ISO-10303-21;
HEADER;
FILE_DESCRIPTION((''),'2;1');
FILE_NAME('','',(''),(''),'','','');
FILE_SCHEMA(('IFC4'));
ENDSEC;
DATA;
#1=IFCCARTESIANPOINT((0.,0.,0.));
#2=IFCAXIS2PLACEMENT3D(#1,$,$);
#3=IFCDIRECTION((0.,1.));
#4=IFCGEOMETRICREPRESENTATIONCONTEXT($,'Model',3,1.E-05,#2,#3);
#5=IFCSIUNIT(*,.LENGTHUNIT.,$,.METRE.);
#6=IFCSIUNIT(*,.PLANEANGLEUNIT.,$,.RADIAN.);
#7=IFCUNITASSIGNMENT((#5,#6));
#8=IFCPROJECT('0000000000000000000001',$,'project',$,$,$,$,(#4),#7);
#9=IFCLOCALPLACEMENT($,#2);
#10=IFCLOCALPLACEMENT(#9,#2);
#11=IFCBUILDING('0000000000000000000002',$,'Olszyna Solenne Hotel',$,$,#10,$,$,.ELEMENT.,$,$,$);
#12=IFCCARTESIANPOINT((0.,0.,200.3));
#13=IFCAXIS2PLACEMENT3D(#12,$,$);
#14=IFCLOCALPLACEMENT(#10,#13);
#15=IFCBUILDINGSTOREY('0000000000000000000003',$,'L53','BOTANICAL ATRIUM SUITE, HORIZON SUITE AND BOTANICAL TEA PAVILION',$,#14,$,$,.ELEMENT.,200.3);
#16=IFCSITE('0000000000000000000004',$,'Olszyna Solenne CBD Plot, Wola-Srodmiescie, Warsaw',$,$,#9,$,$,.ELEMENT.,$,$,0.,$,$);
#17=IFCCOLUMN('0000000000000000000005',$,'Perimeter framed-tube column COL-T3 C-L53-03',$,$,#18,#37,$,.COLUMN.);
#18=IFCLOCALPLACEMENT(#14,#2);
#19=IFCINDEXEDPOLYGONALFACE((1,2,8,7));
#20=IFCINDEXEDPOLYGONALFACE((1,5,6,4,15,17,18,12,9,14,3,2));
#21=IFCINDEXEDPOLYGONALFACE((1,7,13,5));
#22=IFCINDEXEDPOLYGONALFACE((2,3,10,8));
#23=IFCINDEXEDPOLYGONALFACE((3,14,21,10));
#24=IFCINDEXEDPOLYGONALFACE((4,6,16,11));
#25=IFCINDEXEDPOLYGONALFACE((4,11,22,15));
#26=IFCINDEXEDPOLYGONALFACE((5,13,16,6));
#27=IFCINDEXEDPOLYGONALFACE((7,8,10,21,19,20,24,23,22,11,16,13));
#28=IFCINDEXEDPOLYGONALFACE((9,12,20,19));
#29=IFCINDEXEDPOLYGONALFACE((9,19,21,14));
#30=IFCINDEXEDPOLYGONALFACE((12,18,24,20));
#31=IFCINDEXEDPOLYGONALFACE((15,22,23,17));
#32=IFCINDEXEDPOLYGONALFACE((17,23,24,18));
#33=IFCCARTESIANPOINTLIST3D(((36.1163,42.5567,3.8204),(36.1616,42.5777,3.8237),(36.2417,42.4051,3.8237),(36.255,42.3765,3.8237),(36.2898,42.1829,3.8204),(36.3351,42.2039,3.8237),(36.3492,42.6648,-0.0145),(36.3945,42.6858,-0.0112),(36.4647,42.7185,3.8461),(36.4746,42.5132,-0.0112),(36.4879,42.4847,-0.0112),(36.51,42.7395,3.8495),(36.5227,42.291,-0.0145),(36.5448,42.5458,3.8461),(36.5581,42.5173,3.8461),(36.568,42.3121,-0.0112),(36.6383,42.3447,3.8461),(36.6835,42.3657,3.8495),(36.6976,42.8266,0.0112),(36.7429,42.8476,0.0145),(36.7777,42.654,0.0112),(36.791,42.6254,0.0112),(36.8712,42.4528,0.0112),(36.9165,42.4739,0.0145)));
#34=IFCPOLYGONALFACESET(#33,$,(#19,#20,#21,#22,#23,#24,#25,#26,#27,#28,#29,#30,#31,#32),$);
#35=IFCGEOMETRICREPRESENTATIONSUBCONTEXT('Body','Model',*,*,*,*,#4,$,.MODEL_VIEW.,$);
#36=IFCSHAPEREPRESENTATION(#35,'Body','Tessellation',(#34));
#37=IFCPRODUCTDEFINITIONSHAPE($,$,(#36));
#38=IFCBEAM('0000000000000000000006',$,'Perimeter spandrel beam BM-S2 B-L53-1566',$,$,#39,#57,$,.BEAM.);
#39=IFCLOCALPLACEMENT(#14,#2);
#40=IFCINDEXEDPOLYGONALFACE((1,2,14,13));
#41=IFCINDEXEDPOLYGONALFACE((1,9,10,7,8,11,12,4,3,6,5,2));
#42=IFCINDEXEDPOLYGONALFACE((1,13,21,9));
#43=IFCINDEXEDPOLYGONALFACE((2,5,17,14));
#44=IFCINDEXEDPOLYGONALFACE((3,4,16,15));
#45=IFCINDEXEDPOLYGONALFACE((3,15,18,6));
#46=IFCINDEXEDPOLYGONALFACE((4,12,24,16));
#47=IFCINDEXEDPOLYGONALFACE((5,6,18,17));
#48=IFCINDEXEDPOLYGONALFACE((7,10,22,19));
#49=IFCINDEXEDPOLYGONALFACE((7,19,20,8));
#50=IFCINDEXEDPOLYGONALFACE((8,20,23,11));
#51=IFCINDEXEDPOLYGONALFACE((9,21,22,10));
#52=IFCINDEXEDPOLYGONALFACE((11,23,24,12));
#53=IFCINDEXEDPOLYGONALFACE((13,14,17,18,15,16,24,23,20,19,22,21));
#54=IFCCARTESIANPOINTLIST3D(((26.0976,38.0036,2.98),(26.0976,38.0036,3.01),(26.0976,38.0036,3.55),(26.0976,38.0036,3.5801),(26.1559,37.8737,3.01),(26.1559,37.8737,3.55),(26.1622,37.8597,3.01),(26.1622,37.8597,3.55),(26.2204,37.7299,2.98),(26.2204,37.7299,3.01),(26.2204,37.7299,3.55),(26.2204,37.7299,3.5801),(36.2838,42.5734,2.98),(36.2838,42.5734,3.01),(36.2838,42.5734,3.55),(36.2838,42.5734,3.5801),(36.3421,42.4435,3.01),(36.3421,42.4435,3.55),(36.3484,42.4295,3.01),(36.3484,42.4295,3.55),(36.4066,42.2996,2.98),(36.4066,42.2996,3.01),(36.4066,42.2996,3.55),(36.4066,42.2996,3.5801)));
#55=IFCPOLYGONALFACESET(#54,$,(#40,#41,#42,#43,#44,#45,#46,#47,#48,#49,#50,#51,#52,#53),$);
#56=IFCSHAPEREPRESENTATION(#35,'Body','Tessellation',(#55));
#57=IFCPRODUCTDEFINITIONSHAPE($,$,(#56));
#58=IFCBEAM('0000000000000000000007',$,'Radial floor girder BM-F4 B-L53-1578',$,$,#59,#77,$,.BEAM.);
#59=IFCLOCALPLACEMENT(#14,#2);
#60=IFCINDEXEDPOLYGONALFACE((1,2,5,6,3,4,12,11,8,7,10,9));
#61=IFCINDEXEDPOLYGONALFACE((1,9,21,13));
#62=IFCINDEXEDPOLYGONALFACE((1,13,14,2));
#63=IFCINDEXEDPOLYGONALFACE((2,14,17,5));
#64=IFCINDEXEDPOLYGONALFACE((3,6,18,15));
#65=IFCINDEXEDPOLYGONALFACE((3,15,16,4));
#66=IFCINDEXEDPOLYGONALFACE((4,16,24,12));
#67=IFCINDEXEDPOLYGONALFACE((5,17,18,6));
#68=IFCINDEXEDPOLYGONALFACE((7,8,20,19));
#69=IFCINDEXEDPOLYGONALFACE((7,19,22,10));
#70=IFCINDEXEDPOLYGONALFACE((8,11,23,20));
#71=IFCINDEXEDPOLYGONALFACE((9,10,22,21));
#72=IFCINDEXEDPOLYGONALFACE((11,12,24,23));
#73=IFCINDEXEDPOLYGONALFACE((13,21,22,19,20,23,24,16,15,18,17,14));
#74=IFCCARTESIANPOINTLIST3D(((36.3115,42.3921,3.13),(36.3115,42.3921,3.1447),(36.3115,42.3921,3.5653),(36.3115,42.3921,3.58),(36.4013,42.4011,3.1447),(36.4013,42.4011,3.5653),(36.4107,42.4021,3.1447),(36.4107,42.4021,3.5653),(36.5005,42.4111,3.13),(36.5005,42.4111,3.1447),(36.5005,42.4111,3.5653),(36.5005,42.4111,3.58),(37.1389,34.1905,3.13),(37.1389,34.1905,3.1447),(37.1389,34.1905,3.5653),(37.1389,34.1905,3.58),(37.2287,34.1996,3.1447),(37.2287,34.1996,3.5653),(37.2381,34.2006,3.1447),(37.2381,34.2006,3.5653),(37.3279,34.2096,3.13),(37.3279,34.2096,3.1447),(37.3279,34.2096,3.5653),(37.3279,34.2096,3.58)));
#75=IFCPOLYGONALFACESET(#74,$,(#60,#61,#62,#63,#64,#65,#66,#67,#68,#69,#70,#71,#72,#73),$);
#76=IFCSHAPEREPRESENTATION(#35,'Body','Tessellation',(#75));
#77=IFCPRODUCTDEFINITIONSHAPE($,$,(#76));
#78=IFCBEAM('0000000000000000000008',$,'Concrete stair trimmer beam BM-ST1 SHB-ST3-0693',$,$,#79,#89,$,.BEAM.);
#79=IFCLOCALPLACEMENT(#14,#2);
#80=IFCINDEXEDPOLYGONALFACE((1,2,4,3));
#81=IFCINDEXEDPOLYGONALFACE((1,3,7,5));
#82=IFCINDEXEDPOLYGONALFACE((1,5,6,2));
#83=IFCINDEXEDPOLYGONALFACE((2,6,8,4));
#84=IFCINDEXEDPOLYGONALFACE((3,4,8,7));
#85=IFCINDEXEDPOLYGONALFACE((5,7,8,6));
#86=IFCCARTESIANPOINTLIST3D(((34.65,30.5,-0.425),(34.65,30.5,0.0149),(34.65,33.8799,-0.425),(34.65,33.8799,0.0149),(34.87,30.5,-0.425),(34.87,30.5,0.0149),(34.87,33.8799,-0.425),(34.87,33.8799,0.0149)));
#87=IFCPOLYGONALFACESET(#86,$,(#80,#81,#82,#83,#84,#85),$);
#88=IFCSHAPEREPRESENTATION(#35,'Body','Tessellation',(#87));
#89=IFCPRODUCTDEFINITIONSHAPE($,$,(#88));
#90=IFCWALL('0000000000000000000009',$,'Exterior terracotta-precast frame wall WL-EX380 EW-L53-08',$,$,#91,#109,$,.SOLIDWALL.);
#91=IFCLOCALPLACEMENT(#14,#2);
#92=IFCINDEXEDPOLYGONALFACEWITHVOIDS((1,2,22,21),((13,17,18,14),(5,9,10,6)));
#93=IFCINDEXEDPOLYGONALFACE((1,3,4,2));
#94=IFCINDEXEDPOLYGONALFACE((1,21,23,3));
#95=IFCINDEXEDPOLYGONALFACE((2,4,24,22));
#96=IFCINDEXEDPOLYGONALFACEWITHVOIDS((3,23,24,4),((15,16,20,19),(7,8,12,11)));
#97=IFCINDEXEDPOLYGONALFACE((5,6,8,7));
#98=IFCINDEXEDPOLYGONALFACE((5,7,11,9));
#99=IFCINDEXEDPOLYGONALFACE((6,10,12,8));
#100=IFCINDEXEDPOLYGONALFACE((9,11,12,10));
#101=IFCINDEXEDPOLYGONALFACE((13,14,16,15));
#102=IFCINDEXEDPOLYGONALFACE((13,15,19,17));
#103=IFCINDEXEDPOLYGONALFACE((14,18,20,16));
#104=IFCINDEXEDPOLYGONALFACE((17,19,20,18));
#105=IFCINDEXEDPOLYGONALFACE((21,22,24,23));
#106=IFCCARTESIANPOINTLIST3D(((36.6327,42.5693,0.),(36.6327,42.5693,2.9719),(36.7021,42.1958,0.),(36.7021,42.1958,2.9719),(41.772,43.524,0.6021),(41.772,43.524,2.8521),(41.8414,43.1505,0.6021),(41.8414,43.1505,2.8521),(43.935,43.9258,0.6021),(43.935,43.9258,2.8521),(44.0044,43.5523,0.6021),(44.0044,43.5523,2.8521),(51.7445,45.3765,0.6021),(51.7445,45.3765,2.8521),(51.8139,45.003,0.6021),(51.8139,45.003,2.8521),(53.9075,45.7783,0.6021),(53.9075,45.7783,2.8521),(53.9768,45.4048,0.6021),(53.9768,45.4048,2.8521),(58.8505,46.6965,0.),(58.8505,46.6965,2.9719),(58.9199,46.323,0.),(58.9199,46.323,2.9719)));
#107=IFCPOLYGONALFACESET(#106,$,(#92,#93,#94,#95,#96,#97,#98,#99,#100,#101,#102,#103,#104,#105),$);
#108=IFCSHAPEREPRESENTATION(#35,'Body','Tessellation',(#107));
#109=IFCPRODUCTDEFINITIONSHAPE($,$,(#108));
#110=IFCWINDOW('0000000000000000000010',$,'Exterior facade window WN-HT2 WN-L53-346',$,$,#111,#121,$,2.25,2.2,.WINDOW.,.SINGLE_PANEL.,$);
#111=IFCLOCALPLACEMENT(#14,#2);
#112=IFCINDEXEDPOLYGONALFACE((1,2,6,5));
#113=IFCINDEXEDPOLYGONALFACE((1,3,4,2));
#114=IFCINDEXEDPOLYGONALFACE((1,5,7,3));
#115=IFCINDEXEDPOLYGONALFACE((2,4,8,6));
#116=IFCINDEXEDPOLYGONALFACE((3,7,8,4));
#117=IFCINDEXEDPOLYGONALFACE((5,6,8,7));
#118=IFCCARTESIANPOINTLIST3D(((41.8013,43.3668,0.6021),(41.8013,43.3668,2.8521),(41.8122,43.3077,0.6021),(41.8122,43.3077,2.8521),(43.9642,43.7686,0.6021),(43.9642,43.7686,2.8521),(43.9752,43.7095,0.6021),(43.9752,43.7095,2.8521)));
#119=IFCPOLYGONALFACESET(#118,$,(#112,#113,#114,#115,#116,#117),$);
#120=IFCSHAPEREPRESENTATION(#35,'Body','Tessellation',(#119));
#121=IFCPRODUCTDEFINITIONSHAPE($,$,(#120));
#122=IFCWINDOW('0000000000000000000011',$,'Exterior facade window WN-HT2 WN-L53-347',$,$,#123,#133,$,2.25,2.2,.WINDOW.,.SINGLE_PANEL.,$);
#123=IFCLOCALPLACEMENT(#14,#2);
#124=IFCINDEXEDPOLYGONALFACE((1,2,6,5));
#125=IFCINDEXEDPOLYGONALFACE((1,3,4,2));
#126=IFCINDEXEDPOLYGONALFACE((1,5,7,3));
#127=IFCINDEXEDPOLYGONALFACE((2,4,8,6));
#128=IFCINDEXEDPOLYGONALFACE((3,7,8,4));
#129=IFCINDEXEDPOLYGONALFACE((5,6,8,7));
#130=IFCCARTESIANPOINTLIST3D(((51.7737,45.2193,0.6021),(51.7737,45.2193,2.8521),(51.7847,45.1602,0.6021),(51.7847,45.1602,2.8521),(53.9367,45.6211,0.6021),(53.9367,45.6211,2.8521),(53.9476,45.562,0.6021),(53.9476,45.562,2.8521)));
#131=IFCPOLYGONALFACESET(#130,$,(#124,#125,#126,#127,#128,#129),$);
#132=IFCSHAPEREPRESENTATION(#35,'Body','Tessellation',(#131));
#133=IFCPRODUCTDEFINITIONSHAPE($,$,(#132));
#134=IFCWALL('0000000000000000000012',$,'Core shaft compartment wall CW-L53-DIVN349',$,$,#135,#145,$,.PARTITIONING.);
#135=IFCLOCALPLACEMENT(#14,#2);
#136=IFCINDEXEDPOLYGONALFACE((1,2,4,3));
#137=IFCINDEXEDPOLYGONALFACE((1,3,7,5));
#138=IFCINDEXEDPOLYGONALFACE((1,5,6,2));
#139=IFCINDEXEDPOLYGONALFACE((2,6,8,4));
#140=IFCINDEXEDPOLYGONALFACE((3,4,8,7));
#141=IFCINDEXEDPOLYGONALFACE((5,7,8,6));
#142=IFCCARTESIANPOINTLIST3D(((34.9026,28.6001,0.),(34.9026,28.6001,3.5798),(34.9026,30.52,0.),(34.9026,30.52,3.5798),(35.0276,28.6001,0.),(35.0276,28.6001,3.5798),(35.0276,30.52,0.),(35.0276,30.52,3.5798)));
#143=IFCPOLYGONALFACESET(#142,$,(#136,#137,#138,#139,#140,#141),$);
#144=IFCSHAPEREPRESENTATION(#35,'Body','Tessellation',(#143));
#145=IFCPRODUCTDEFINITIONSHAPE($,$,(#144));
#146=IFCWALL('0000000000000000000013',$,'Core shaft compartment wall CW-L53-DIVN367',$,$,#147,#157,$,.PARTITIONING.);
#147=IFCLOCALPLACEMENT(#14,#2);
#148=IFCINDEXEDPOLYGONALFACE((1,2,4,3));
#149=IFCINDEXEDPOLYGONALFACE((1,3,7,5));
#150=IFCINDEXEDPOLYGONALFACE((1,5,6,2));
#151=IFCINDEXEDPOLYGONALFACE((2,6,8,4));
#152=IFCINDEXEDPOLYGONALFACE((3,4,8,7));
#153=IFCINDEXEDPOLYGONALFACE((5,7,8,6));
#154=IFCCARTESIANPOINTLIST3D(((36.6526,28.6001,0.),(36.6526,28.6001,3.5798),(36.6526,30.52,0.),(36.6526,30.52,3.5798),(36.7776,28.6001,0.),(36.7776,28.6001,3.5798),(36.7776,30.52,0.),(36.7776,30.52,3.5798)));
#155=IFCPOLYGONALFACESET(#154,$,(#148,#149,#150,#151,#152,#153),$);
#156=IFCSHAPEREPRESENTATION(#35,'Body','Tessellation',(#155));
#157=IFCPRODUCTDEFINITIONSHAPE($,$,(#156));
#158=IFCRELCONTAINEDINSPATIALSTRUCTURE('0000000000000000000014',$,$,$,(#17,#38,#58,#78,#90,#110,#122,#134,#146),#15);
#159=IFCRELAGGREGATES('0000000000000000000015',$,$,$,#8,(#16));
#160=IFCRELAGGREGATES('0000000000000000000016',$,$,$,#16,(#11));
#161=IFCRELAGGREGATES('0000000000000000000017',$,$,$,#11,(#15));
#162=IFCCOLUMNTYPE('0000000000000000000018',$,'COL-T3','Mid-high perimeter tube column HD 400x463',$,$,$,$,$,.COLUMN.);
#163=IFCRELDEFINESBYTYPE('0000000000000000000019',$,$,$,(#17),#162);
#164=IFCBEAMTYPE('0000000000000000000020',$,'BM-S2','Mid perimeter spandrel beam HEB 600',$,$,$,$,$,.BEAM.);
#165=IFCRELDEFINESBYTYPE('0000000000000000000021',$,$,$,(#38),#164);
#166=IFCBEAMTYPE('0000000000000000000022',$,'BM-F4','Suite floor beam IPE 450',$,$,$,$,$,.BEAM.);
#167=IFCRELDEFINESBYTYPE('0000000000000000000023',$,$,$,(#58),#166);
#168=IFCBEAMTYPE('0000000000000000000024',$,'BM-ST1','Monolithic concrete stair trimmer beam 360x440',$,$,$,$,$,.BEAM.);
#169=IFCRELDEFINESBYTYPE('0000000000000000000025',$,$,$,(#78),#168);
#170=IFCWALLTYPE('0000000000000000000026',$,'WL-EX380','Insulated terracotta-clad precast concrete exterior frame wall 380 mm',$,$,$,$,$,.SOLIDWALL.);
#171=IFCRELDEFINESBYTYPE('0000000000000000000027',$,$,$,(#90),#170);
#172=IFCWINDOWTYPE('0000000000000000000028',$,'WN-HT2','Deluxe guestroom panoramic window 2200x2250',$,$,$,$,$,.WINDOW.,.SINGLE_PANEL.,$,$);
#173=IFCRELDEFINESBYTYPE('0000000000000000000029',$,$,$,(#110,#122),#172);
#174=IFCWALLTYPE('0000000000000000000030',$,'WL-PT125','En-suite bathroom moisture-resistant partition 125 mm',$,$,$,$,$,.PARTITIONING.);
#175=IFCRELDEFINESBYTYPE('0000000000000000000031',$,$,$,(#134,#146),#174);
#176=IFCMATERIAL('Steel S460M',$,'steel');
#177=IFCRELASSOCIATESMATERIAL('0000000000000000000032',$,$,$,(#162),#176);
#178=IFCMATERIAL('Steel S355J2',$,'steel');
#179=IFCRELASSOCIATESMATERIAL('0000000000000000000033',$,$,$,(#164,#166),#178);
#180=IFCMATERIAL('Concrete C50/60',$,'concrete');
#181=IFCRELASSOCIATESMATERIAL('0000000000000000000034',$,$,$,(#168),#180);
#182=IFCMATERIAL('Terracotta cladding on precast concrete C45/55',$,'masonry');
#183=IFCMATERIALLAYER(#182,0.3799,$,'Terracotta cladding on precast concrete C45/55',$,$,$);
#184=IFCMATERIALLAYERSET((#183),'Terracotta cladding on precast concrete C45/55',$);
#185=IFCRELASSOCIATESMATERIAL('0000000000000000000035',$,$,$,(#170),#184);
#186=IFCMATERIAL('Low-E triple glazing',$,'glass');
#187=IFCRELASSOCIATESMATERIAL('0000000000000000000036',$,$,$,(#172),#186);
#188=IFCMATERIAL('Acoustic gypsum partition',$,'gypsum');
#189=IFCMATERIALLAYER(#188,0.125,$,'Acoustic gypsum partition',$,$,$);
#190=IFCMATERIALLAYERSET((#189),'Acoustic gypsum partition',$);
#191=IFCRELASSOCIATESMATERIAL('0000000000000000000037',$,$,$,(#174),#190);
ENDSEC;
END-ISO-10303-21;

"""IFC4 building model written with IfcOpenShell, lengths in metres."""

from ifc_helpers import new_model, si_unit, direction, frame, frame_2d, origin, origin_2d, place, context, subcontext, project, spatial, rectangle, i_section, extrude, source, transform, mapped, material, layer, layer_set, material_profile, profile_set, type_object, type_shapes, element, fill, save


model = new_model("IFC4")

# Units and contexts
model_context = context("Model", 3, precision=1e-05, world=origin(), true_north=direction((0.0, 1.0)))
body_context = subcontext(model_context, "Body", "Model", "MODEL_VIEW")
ifc_project = project(units=[si_unit("LENGTHUNIT", "METRE"), si_unit("PLANEANGLEUNIT", "RADIAN")], contexts=[model_context])

# Site, building, storey
site_placement = place(None, origin())
site = spatial("IfcSite", under=ifc_project, at=site_placement, Name="Olszyna Solenne CBD Plot, Wola-Srodmiescie, Warsaw", CompositionType="ELEMENT", RefElevation=0.0)
building_placement = place(site_placement, origin())
building = spatial("IfcBuilding", under=site, at=building_placement, Name="Olszyna Solenne Hotel", CompositionType="ELEMENT")
storey_placement = place(building_placement, frame((0.0, 0.0, 200.3)))
storey = spatial("IfcBuildingStorey", under=building, at=storey_placement, Name="L53", Description="BOTANICAL ATRIUM SUITE, HORIZON SUITE AND BOTANICAL TEA PAVILION", CompositionType="ELEMENT", Elevation=200.3)

# Column
ifc_material_1 = material(Name="Steel S460M", Category="steel")
ifc_material_profile_1 = material_profile(ifc_material_1, i_section(OverallWidth=0.4121, OverallDepth=0.4351, WebThickness=0.0315, FlangeThickness=0.05, at=origin_2d()), Name="HD 400x463", Category="load-bearing")
ifc_profile_set_1 = profile_set([ifc_material_profile_1], Name="Steel S460M")
column_type = type_object("IfcColumnType", Name="COL-T3", Description="Mid-high perimeter tube column HD 400x463", PredefinedType="COLUMN", material=ifc_profile_set_1)
shared_shape_1 = source(origin(), body_context, "Body", "SweptSolid", [
    extrude(i_section(OverallWidth=0.4121, OverallDepth=0.4351, WebThickness=0.0315, FlangeThickness=0.05, at=origin_2d()), origin(), (0.0, 0.0, 1.0), 3.8435),
])
column_placement = place(storey_placement, frame((36.6328, 42.5693, 0.0), z_axis=(-0.060598, -0.028139, 0.997766), x_axis=(0.421167, -0.906983, 0.0)))
element("IfcColumn", 1, at=column_placement, inside=storey, type_object=column_type, Name="Perimeter framed-tube column COL-T3 C-L53-03", PredefinedType="COLUMN", context=body_context, shape_type="MappedRepresentation", body=[
    mapped(shared_shape_1, transform((0.0, 0.0, 0.0), x_axis=(1.0, 0.0, 0.0), y_axis=(0.0, 1.0, 0.0), z_axis=(0.0, 0.0, 1.0), scale=1.0)),
])

# Beams
ifc_material_2 = material(Name="Steel S355J2", Category="steel")
ifc_material_profile_2 = material_profile(ifc_material_2, i_section(OverallWidth=0.3, OverallDepth=0.6001, WebThickness=0.0154, FlangeThickness=0.03, at=origin_2d()), Name="HEB 600", Category="load-bearing")
ifc_profile_set_2 = profile_set([ifc_material_profile_2], Name="Steel S355J2")
beam_type_1 = type_object("IfcBeamType", Name="BM-S2", Description="Mid perimeter spandrel beam HEB 600", PredefinedType="BEAM", material=ifc_profile_set_2)
shared_shape_2 = source(origin(), body_context, "Body", "SweptSolid", [
    extrude(i_section(OverallWidth=0.3, OverallDepth=0.6001, WebThickness=0.0154, FlangeThickness=0.03, at=origin_2d()), origin(), (0.0, 0.0, 1.0), 11.1643),
])
beam_1_placement = place(storey_placement, frame((36.3452, 42.4365, 3.28), z_axis=(-0.91239, -0.409321, 0.0), x_axis=(0.409321, -0.91239, 0.0)))
element("IfcBeam", 2, at=beam_1_placement, inside=storey, type_object=beam_type_1, Name="Perimeter spandrel beam BM-S2 B-L53-1566", PredefinedType="BEAM", context=body_context, shape_type="MappedRepresentation", body=[
    mapped(shared_shape_2, transform((0.0, 0.0, 0.0), x_axis=(1.0, 0.0, 0.0), y_axis=(0.0, 1.0, 0.0), z_axis=(0.0, 0.0, 1.0), scale=1.0)),
])
ifc_material_profile_3 = material_profile(ifc_material_2, i_section(OverallWidth=0.1899, OverallDepth=0.45, WebThickness=0.0095, FlangeThickness=0.0146, at=origin_2d()), Name="IPE 450", Category="load-bearing")
ifc_profile_set_3 = profile_set([ifc_material_profile_3], Name="Steel S355J2")
beam_type_2 = type_object("IfcBeamType", Name="BM-F4", Description="Suite floor beam IPE 450", PredefinedType="BEAM", material=ifc_profile_set_3)
shared_shape_3 = source(origin(), body_context, "Body", "SweptSolid", [
    extrude(i_section(OverallWidth=0.1899, OverallDepth=0.45, WebThickness=0.0095, FlangeThickness=0.0146, at=origin_2d()), origin(), (0.0, 0.0, 1.0), 8.2432),
])
beam_2_placement = place(storey_placement, frame((36.406, 42.4016, 3.355), z_axis=(0.100375, -0.99495, 0.0), x_axis=(0.99495, 0.100375, 0.0)))
element("IfcBeam", 3, at=beam_2_placement, inside=storey, type_object=beam_type_2, Name="Radial floor girder BM-F4 B-L53-1578", PredefinedType="BEAM", context=body_context, shape_type="MappedRepresentation", body=[
    mapped(shared_shape_3, transform((0.0, 0.0, 0.0), x_axis=(1.0, 0.0, 0.0), y_axis=(0.0, 1.0, 0.0), z_axis=(0.0, 0.0, 1.0), scale=1.0)),
])
ifc_material_3 = material(Name="Concrete C50/60", Category="concrete")
ifc_material_profile_4 = material_profile(ifc_material_3, rectangle(XDim=0.22, YDim=0.4399, at=origin_2d()), Name="RC 220x440", Category="load-bearing")
ifc_profile_set_4 = profile_set([ifc_material_profile_4], Name="Concrete C50/60")
beam_type_3 = type_object("IfcBeamType", Name="BM-ST1", Description="Monolithic concrete stair trimmer beam 360x440", PredefinedType="BEAM", material=ifc_profile_set_4)
shared_shape_4 = source(origin(), body_context, "Body", "SweptSolid", [
    extrude(rectangle(XDim=0.22, YDim=0.4399, at=origin_2d()), origin(), (0.0, 0.0, 1.0), 3.3799),
])
beam_3_placement = place(storey_placement, frame((34.76, 30.5, -0.2051), z_axis=(0.0, 1.0, 0.0), x_axis=(-1.0, 0.0, 0.0)))
element("IfcBeam", 4, at=beam_3_placement, inside=storey, type_object=beam_type_3, Name="Concrete stair trimmer beam BM-ST1 SHB-ST3-0693", PredefinedType="BEAM", context=body_context, shape_type="MappedRepresentation", body=[
    mapped(shared_shape_4, transform((0.0, 0.0, 0.0), x_axis=(1.0, 0.0, 0.0), y_axis=(0.0, 1.0, 0.0), z_axis=(0.0, 0.0, 1.0), scale=1.0)),
])

# Wall, openings, windows
ifc_material_4 = material(Name="Terracotta cladding on precast concrete C45/55", Category="masonry")
ifc_layer_1 = layer(ifc_material_4, 0.3799, Name="Terracotta cladding on precast concrete C45/55")
ifc_layer_set_1 = layer_set([ifc_layer_1], Name="Terracotta cladding on precast concrete C45/55")
wall_type_1 = type_object("IfcWallType", Name="WL-EX380", Description="Insulated terracotta-clad precast concrete exterior frame wall 380 mm", PredefinedType="SOLIDWALL", material=ifc_layer_set_1)
wall_1_placement = place(storey_placement, frame((36.6675, 42.3826, 0.0), z_axis=(0.0, 0.0, 1.0), x_axis=(0.98318, 0.182637, 0.0)))
wall_1 = element("IfcWall", 5, at=wall_1_placement, inside=storey, type_object=wall_type_1, Name="Exterior terracotta-precast frame wall WL-EX380 EW-L53-08", PredefinedType="SOLIDWALL", context=body_context, shape_type="SweptSolid", body=[
    extrude(rectangle(XDim=22.5979, YDim=0.3799, at=frame_2d((11.2988, 0.0))), origin(), (0.0, 0.0, 1.0), 2.9719),
])
opening_1_placement = place(wall_1_placement, frame((5.2271, 0.0, 0.6021)))
opening_1 = element("IfcOpeningElement", 6, at=opening_1_placement, cuts=wall_1, PredefinedType="OPENING", context=body_context, shape_type="SweptSolid", body=[
    extrude(rectangle(XDim=2.2, YDim=2.25, at=frame_2d((1.1001, 1.125))), frame((0.0, 0.2, 0.0), z_axis=(0.0, -1.0, 0.0), x_axis=(1.0, 0.0, 0.0)), (0.0, 0.0, 1.0), 0.3999),
])
opening_2_placement = place(wall_1_placement, frame((15.3701, 0.0, 0.6021)))
opening_2 = element("IfcOpeningElement", 7, at=opening_2_placement, cuts=wall_1, PredefinedType="OPENING", context=body_context, shape_type="SweptSolid", body=[
    extrude(rectangle(XDim=2.2, YDim=2.25, at=frame_2d((1.1001, 1.125))), frame((0.0, 0.2, 0.0), z_axis=(0.0, -1.0, 0.0), x_axis=(1.0, 0.0, 0.0)), (0.0, 0.0, 1.0), 0.3999),
])
ifc_material_5 = material(Name="Low-E triple glazing", Category="glass")
window_type = type_object("IfcWindowType", Name="WN-HT2", Description="Deluxe guestroom panoramic window 2200x2250", PartitioningType="SINGLE_PANEL", PredefinedType="WINDOW", material=ifc_material_5)
shared_shape_5 = source(origin(), body_context, "Body", "SweptSolid", [
    extrude(rectangle(XDim=2.2, YDim=2.25, at=frame_2d((1.1001, 1.125))), frame((0.0, 0.03, 0.0), z_axis=(0.0, -1.0, 0.0), x_axis=(1.0, 0.0, 0.0)), (0.0, 0.0, 1.0), 0.0601),
])
type_shapes(window_type, [shared_shape_5])
window_1_placement = place(opening_1_placement, origin())
window_1 = element("IfcWindow", 8, at=window_1_placement, inside=storey, type_object=window_type, Name="Exterior facade window WN-HT2 WN-L53-346", OverallHeight=2.25, OverallWidth=2.2, PartitioningType="SINGLE_PANEL", PredefinedType="WINDOW", context=body_context, shape_type="MappedRepresentation", body=[
    mapped(shared_shape_5, transform((0.0, 0.0, 0.0), x_axis=(1.0, 0.0, 0.0), y_axis=(0.0, 1.0, 0.0), z_axis=(0.0, 0.0, 1.0), scale=1.0)),
])
fill(opening_1, window_1)
window_2_placement = place(opening_2_placement, origin())
window_2 = element("IfcWindow", 9, at=window_2_placement, inside=storey, type_object=window_type, Name="Exterior facade window WN-HT2 WN-L53-347", OverallHeight=2.25, OverallWidth=2.2, PartitioningType="SINGLE_PANEL", PredefinedType="WINDOW", context=body_context, shape_type="MappedRepresentation", body=[
    mapped(shared_shape_5, transform((0.0, 0.0, 0.0), x_axis=(1.0, 0.0, 0.0), y_axis=(0.0, 1.0, 0.0), z_axis=(0.0, 0.0, 1.0), scale=1.0)),
])
fill(opening_2, window_2)

# Walls
ifc_material_6 = material(Name="Acoustic gypsum partition", Category="gypsum")
ifc_layer_2 = layer(ifc_material_6, 0.125, Name="Acoustic gypsum partition")
ifc_layer_set_2 = layer_set([ifc_layer_2], Name="Acoustic gypsum partition")
wall_type_2 = type_object("IfcWallType", Name="WL-PT125", Description="En-suite bathroom moisture-resistant partition 125 mm", PredefinedType="PARTITIONING", material=ifc_layer_set_2)
for number, where, z_axis, x_axis, name in (
    (10, (34.9651, 28.6001, 0.0), (0.0, 0.0, 1.0), (0.0, 1.0, 0.0), "Core shaft compartment wall CW-L53-DIVN349"),
    (11, (36.7151, 28.6001, 0.0), (0.0, 0.0, 1.0), (0.0, 1.0, 0.0), "Core shaft compartment wall CW-L53-DIVN367"),
):
    element("IfcWall", number, at=place(storey_placement, frame(where, z_axis=z_axis, x_axis=x_axis)), inside=storey, type_object=wall_type_2, Name=name, PredefinedType="PARTITIONING", context=body_context, shape_type="SweptSolid", body=[
        extrude(rectangle(XDim=1.9199, YDim=0.125, at=frame_2d((0.96, 0.0))), origin(), (0.0, 0.0, 1.0), 3.5798),
    ])

save(model, "model.ifc")
